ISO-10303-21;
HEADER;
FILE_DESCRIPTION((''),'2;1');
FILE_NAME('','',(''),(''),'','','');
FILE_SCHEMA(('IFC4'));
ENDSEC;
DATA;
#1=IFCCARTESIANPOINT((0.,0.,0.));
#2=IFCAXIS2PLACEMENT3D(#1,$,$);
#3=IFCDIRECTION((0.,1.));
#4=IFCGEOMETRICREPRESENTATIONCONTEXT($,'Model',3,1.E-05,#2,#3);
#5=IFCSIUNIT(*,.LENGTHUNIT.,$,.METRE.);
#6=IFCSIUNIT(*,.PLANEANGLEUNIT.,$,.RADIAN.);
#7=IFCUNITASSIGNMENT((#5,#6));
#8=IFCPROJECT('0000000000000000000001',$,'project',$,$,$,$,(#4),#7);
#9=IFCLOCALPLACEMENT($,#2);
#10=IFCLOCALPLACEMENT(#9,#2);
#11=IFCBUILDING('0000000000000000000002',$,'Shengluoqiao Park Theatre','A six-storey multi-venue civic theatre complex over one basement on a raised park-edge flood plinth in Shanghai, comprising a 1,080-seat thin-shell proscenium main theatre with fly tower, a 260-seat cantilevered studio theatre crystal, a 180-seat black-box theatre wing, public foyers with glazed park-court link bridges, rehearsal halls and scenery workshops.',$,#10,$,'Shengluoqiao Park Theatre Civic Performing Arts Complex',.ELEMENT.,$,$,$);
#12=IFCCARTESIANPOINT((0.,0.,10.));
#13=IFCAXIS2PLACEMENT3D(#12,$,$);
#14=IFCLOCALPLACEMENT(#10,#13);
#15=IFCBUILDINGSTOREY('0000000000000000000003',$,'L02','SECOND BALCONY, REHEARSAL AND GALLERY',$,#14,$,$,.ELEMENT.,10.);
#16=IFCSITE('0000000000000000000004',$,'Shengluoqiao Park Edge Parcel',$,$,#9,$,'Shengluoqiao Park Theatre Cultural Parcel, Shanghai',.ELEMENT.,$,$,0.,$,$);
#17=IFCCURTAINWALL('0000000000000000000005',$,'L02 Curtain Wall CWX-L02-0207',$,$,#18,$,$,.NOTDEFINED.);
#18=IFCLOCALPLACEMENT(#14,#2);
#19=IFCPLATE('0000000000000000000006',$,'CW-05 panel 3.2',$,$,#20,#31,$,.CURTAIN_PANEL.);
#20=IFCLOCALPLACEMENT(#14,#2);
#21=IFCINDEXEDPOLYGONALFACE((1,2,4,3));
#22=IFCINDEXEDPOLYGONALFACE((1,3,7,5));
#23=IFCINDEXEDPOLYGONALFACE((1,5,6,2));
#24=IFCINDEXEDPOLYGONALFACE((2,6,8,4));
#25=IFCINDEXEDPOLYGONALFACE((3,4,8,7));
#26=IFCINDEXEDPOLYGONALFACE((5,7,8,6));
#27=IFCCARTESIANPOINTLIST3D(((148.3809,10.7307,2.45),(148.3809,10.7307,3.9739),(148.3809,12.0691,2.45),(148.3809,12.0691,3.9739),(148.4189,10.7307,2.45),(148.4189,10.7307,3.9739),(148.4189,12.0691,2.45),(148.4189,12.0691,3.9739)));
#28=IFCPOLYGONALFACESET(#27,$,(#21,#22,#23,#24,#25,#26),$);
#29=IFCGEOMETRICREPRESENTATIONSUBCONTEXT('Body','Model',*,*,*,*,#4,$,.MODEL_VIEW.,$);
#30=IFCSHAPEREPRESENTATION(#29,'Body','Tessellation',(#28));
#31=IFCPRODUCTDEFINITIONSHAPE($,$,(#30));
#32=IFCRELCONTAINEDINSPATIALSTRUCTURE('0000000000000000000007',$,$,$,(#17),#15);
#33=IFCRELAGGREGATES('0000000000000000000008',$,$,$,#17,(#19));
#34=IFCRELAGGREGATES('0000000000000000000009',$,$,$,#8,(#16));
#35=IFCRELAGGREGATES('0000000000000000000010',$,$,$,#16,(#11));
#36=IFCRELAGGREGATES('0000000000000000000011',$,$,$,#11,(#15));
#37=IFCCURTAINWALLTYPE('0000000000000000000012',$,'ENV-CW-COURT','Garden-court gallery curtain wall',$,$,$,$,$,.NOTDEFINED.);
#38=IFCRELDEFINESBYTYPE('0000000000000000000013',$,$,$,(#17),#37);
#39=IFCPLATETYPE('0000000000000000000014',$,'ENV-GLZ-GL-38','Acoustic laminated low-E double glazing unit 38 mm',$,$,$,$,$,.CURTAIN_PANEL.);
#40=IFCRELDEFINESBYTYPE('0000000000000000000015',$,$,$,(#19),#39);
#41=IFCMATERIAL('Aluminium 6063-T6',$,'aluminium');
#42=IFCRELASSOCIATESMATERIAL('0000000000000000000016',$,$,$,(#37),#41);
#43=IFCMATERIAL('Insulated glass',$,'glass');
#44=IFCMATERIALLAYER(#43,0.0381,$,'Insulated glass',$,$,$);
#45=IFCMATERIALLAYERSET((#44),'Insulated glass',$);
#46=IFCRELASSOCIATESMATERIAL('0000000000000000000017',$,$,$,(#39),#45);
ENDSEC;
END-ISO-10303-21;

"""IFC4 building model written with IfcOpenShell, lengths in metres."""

from ifc_helpers import new_model, si_unit, direction, frame, origin, origin_2d, place, context, subcontext, project, spatial, rectangle, extrude, material, layer, layer_set, type_object, element, aggregate, save


model = new_model("IFC4")

# Units and contexts
model_context = context("Model", 3, precision=1e-05, world=origin(), true_north=direction((0.0, 1.0)))
body_context = subcontext(model_context, "Body", "Model", "MODEL_VIEW")
ifc_project = project(units=[si_unit("LENGTHUNIT", "METRE"), si_unit("PLANEANGLEUNIT", "RADIAN")], contexts=[model_context])

# Site, building, storey
site_placement = place(None, origin())
site = spatial("IfcSite", under=ifc_project, at=site_placement, Name="Shengluoqiao Park Edge Parcel", LongName="Shengluoqiao Park Theatre Cultural Parcel, Shanghai", CompositionType="ELEMENT", RefElevation=0.0)
building_placement = place(site_placement, origin())
building = spatial("IfcBuilding", under=site, at=building_placement, Name="Shengluoqiao Park Theatre", Description="A six-storey multi-venue civic theatre complex over one basement on a raised park-edge flood plinth in Shanghai, comprising a 1,080-seat thin-shell proscenium main theatre with fly tower, a 260-seat cantilevered studio theatre crystal, a 180-seat black-box theatre wing, public foyers with glazed park-court link bridges, rehearsal halls and scenery workshops.", LongName="Shengluoqiao Park Theatre Civic Performing Arts Complex", CompositionType="ELEMENT")
storey_placement = place(building_placement, frame((0.0, 0.0, 10.0)))
storey = spatial("IfcBuildingStorey", under=building, at=storey_placement, Name="L02", Description="SECOND BALCONY, REHEARSAL AND GALLERY", CompositionType="ELEMENT", Elevation=10.0)

# Curtain wall
ifc_material_1 = material(Name="Aluminium 6063-T6", Category="aluminium")
curtain_wall_type = type_object("IfcCurtainWallType", Name="ENV-CW-COURT", Description="Garden-court gallery curtain wall", PredefinedType="NOTDEFINED", material=ifc_material_1)
curtain_wall_placement = place(storey_placement, origin())
curtain_wall = element("IfcCurtainWall", 1, at=curtain_wall_placement, inside=storey, type_object=curtain_wall_type, Name="L02 Curtain Wall CWX-L02-0207", PredefinedType="NOTDEFINED")

# Plate
ifc_material_2 = material(Name="Insulated glass", Category="glass")
ifc_layer = layer(ifc_material_2, 0.0381, Name="Insulated glass")
ifc_layer_set = layer_set([ifc_layer], Name="Insulated glass")
plate_type = type_object("IfcPlateType", Name="ENV-GLZ-GL-38", Description="Acoustic laminated low-E double glazing unit 38 mm", PredefinedType="CURTAIN_PANEL", material=ifc_layer_set)
plate_1_placement = place(storey_placement, frame((148.3999, 11.3999, 2.45), z_axis=(0.0, 0.0, 1.0), x_axis=(0.0, 1.0, 0.0)))
plate_1 = element("IfcPlate", 2, at=plate_1_placement, type_object=plate_type, Name="CW-05 panel 3.2", PredefinedType="CURTAIN_PANEL", context=body_context, shape_type="SweptSolid", body=[
    extrude(rectangle(XDim=1.3384, YDim=0.0381, at=origin_2d()), origin(), (0.0, 0.0, 1.0), 1.5239),
])
aggregate(curtain_wall, [plate_1])

save(model, "model.ifc")
